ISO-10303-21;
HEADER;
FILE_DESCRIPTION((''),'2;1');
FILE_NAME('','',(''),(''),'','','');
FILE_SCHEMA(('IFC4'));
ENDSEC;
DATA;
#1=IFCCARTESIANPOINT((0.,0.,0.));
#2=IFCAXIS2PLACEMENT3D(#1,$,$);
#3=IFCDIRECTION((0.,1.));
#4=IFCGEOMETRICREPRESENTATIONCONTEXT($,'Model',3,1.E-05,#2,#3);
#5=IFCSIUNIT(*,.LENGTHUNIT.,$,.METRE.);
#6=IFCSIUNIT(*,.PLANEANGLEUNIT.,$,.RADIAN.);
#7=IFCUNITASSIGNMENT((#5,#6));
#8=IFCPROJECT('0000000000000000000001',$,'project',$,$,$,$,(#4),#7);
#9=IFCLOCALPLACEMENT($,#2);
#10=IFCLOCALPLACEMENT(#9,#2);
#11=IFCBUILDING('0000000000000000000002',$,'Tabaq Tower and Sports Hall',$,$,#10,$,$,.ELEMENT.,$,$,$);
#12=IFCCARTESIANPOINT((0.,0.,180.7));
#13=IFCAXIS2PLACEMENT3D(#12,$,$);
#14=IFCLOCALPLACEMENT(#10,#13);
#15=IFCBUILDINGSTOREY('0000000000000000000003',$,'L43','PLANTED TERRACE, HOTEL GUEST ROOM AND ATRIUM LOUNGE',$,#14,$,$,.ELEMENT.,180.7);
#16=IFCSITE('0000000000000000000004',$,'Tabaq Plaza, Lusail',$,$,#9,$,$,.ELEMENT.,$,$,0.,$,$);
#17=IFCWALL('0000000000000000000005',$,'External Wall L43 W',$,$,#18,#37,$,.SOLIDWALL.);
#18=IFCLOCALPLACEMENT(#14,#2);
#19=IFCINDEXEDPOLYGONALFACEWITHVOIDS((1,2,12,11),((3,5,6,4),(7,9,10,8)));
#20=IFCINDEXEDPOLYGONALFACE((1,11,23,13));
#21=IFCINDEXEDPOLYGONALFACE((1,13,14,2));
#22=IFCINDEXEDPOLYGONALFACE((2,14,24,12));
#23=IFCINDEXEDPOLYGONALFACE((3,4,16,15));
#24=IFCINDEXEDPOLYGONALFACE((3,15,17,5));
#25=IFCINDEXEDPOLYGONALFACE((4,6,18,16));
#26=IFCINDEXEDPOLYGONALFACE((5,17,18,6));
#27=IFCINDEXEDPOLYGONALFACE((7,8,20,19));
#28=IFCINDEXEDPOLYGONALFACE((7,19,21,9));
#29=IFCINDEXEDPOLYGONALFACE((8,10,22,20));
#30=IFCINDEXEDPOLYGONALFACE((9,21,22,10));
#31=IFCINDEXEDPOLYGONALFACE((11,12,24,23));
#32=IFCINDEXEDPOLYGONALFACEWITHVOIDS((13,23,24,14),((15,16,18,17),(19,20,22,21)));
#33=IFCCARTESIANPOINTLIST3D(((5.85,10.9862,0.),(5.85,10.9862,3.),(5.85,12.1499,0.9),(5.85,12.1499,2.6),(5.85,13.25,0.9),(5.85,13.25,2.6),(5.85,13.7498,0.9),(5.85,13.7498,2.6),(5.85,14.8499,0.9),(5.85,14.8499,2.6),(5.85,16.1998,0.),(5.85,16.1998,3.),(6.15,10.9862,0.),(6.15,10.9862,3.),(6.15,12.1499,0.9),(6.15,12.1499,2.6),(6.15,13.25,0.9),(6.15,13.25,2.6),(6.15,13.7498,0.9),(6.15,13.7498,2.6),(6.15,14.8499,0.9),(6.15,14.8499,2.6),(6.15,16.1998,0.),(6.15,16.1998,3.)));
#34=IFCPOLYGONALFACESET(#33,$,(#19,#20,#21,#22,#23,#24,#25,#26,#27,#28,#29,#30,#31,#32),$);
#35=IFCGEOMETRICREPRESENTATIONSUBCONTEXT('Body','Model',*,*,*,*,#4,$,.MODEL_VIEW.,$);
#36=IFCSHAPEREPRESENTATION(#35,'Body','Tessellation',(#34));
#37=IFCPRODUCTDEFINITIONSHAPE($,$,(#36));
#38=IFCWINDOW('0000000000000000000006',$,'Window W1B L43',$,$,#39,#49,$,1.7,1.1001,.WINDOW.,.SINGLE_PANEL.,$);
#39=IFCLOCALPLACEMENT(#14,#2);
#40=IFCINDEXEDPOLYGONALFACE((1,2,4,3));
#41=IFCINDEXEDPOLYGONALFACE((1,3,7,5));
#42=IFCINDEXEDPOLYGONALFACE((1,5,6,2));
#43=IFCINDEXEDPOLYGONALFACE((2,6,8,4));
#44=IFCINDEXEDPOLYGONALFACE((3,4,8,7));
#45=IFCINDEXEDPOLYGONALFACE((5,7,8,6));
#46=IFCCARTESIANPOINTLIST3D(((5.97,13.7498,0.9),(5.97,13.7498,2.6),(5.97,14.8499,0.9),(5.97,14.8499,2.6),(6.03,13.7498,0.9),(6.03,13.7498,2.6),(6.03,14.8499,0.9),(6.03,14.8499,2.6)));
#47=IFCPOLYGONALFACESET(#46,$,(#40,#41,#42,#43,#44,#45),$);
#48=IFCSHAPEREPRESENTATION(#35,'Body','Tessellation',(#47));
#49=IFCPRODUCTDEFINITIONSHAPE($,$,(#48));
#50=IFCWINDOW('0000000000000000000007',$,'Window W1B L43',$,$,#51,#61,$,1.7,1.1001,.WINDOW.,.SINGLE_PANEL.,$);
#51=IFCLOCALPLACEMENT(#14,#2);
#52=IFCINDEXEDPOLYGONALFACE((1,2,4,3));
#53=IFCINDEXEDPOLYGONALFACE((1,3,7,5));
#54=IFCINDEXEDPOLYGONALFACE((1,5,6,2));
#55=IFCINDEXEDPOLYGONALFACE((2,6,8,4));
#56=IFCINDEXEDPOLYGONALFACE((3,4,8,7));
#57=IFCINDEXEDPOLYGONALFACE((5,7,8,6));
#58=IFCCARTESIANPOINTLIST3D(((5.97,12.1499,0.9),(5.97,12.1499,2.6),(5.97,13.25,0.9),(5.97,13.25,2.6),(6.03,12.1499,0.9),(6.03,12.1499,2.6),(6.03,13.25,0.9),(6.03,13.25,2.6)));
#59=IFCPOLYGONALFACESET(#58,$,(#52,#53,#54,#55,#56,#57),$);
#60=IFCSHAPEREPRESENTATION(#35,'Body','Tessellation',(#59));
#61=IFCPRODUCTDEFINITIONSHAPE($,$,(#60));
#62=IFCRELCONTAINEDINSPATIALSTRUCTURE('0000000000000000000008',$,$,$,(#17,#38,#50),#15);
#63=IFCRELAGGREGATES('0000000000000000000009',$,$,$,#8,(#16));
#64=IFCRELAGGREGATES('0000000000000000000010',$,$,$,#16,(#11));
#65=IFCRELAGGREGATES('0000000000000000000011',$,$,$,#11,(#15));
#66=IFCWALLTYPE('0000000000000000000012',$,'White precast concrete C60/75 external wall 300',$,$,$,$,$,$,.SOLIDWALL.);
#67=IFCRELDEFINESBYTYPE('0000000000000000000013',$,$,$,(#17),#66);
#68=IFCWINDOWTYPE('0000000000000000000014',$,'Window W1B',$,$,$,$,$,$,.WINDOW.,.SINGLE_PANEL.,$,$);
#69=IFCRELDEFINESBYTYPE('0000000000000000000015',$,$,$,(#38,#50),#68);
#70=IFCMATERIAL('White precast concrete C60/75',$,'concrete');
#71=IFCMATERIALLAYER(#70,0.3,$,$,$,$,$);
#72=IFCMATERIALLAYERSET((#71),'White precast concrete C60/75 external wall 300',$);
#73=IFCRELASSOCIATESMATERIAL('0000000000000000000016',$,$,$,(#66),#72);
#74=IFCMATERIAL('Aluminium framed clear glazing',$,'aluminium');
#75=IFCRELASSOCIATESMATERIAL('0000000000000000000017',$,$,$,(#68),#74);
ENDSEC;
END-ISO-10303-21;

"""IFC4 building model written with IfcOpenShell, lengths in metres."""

from ifc_helpers import new_model, si_unit, direction, frame, frame_2d, origin, place, context, subcontext, project, spatial, rectangle, extrude, material, layer, layer_set, type_object, element, fill, save


model = new_model("IFC4")

# Units and contexts
model_context = context("Model", 3, precision=1e-05, world=origin(), true_north=direction((0.0, 1.0)))
body_context = subcontext(model_context, "Body", "Model", "MODEL_VIEW")
ifc_project = project(units=[si_unit("LENGTHUNIT", "METRE"), si_unit("PLANEANGLEUNIT", "RADIAN")], contexts=[model_context])

# Site, building, storey
site_placement = place(None, origin())
site = spatial("IfcSite", under=ifc_project, at=site_placement, Name="Tabaq Plaza, Lusail", CompositionType="ELEMENT", RefElevation=0.0)
building_placement = place(site_placement, origin())
building = spatial("IfcBuilding", under=site, at=building_placement, Name="Tabaq Tower and Sports Hall", CompositionType="ELEMENT")
storey_placement = place(building_placement, frame((0.0, 0.0, 180.7)))
storey = spatial("IfcBuildingStorey", under=building, at=storey_placement, Name="L43", Description="PLANTED TERRACE, HOTEL GUEST ROOM AND ATRIUM LOUNGE", CompositionType="ELEMENT", Elevation=180.7)

# Wall, openings, windows
ifc_material_1 = material(Name="White precast concrete C60/75", Category="concrete")
ifc_layer_1 = layer(ifc_material_1, 0.3)
ifc_layer_set_1 = layer_set([ifc_layer_1], Name="White precast concrete C60/75 external wall 300")
wall_type_1 = type_object("IfcWallType", Name="White precast concrete C60/75 external wall 300", PredefinedType="SOLIDWALL", material=ifc_layer_set_1)
wall_1_placement = place(storey_placement, frame((6.0, 16.2, 0.0), z_axis=(0.0, 0.0, 1.0), x_axis=(0.0, -1.0, 0.0)))
wall_1 = element("IfcWall", 1, at=wall_1_placement, inside=storey, type_object=wall_type_1, Name="External Wall L43 W", PredefinedType="SOLIDWALL", context=body_context, shape_type="SweptSolid", body=[
    extrude(rectangle(XDim=5.2136, YDim=0.3, at=frame_2d((2.6069, 0.0))), origin(), (0.0, 0.0, 1.0), 3.0),
])
opening_1_placement = place(wall_1_placement, frame((1.3501, 0.0, 0.8999)))
opening_1 = element("IfcOpeningElement", 2, at=opening_1_placement, cuts=wall_1, PredefinedType="OPENING", context=body_context, shape_type="SweptSolid", body=[
    extrude(rectangle(XDim=1.1001, YDim=1.7, at=frame_2d((0.55, 0.8501))), frame((0.0, 0.1602, 0.0), z_axis=(0.0, -1.0, 0.0), x_axis=(1.0, 0.0, 0.0)), (0.0, 0.0, 1.0), 0.3201),
])
opening_2_placement = place(wall_1_placement, frame((2.95, 0.0, 0.8999)))
opening_2 = element("IfcOpeningElement", 3, at=opening_2_placement, cuts=wall_1, PredefinedType="OPENING", context=body_context, shape_type="SweptSolid", body=[
    extrude(rectangle(XDim=1.1001, YDim=1.7, at=frame_2d((0.55, 0.8501))), frame((0.0, 0.1602, 0.0), z_axis=(0.0, -1.0, 0.0), x_axis=(1.0, 0.0, 0.0)), (0.0, 0.0, 1.0), 0.3201),
])
ifc_material_2 = material(Name="Aluminium framed clear glazing", Category="aluminium")
window_type = type_object("IfcWindowType", Name="Window W1B", PartitioningType="SINGLE_PANEL", PredefinedType="WINDOW", material=ifc_material_2)
window_1_placement = place(opening_1_placement, origin())
window_1 = element("IfcWindow", 4, at=window_1_placement, inside=storey, type_object=window_type, Name="Window W1B L43", OverallHeight=1.7, OverallWidth=1.1001, PartitioningType="SINGLE_PANEL", PredefinedType="WINDOW", context=body_context, shape_type="SweptSolid", body=[
    extrude(rectangle(XDim=1.1001, YDim=1.7, at=frame_2d((0.55, 0.8501))), frame((0.0, 0.03, 0.0), z_axis=(0.0, -1.0, 0.0), x_axis=(1.0, 0.0, 0.0)), (0.0, 0.0, 1.0), 0.0601),
])
fill(opening_1, window_1)
window_2_placement = place(opening_2_placement, origin())
window_2 = element("IfcWindow", 5, at=window_2_placement, inside=storey, type_object=window_type, Name="Window W1B L43", OverallHeight=1.7, OverallWidth=1.1001, PartitioningType="SINGLE_PANEL", PredefinedType="WINDOW", context=body_context, shape_type="SweptSolid", body=[
    extrude(rectangle(XDim=1.1001, YDim=1.7, at=frame_2d((0.55, 0.8501))), frame((0.0, 0.03, 0.0), z_axis=(0.0, -1.0, 0.0), x_axis=(1.0, 0.0, 0.0)), (0.0, 0.0, 1.0), 0.0601),
])
fill(opening_2, window_2)

save(model, "model.ifc")
